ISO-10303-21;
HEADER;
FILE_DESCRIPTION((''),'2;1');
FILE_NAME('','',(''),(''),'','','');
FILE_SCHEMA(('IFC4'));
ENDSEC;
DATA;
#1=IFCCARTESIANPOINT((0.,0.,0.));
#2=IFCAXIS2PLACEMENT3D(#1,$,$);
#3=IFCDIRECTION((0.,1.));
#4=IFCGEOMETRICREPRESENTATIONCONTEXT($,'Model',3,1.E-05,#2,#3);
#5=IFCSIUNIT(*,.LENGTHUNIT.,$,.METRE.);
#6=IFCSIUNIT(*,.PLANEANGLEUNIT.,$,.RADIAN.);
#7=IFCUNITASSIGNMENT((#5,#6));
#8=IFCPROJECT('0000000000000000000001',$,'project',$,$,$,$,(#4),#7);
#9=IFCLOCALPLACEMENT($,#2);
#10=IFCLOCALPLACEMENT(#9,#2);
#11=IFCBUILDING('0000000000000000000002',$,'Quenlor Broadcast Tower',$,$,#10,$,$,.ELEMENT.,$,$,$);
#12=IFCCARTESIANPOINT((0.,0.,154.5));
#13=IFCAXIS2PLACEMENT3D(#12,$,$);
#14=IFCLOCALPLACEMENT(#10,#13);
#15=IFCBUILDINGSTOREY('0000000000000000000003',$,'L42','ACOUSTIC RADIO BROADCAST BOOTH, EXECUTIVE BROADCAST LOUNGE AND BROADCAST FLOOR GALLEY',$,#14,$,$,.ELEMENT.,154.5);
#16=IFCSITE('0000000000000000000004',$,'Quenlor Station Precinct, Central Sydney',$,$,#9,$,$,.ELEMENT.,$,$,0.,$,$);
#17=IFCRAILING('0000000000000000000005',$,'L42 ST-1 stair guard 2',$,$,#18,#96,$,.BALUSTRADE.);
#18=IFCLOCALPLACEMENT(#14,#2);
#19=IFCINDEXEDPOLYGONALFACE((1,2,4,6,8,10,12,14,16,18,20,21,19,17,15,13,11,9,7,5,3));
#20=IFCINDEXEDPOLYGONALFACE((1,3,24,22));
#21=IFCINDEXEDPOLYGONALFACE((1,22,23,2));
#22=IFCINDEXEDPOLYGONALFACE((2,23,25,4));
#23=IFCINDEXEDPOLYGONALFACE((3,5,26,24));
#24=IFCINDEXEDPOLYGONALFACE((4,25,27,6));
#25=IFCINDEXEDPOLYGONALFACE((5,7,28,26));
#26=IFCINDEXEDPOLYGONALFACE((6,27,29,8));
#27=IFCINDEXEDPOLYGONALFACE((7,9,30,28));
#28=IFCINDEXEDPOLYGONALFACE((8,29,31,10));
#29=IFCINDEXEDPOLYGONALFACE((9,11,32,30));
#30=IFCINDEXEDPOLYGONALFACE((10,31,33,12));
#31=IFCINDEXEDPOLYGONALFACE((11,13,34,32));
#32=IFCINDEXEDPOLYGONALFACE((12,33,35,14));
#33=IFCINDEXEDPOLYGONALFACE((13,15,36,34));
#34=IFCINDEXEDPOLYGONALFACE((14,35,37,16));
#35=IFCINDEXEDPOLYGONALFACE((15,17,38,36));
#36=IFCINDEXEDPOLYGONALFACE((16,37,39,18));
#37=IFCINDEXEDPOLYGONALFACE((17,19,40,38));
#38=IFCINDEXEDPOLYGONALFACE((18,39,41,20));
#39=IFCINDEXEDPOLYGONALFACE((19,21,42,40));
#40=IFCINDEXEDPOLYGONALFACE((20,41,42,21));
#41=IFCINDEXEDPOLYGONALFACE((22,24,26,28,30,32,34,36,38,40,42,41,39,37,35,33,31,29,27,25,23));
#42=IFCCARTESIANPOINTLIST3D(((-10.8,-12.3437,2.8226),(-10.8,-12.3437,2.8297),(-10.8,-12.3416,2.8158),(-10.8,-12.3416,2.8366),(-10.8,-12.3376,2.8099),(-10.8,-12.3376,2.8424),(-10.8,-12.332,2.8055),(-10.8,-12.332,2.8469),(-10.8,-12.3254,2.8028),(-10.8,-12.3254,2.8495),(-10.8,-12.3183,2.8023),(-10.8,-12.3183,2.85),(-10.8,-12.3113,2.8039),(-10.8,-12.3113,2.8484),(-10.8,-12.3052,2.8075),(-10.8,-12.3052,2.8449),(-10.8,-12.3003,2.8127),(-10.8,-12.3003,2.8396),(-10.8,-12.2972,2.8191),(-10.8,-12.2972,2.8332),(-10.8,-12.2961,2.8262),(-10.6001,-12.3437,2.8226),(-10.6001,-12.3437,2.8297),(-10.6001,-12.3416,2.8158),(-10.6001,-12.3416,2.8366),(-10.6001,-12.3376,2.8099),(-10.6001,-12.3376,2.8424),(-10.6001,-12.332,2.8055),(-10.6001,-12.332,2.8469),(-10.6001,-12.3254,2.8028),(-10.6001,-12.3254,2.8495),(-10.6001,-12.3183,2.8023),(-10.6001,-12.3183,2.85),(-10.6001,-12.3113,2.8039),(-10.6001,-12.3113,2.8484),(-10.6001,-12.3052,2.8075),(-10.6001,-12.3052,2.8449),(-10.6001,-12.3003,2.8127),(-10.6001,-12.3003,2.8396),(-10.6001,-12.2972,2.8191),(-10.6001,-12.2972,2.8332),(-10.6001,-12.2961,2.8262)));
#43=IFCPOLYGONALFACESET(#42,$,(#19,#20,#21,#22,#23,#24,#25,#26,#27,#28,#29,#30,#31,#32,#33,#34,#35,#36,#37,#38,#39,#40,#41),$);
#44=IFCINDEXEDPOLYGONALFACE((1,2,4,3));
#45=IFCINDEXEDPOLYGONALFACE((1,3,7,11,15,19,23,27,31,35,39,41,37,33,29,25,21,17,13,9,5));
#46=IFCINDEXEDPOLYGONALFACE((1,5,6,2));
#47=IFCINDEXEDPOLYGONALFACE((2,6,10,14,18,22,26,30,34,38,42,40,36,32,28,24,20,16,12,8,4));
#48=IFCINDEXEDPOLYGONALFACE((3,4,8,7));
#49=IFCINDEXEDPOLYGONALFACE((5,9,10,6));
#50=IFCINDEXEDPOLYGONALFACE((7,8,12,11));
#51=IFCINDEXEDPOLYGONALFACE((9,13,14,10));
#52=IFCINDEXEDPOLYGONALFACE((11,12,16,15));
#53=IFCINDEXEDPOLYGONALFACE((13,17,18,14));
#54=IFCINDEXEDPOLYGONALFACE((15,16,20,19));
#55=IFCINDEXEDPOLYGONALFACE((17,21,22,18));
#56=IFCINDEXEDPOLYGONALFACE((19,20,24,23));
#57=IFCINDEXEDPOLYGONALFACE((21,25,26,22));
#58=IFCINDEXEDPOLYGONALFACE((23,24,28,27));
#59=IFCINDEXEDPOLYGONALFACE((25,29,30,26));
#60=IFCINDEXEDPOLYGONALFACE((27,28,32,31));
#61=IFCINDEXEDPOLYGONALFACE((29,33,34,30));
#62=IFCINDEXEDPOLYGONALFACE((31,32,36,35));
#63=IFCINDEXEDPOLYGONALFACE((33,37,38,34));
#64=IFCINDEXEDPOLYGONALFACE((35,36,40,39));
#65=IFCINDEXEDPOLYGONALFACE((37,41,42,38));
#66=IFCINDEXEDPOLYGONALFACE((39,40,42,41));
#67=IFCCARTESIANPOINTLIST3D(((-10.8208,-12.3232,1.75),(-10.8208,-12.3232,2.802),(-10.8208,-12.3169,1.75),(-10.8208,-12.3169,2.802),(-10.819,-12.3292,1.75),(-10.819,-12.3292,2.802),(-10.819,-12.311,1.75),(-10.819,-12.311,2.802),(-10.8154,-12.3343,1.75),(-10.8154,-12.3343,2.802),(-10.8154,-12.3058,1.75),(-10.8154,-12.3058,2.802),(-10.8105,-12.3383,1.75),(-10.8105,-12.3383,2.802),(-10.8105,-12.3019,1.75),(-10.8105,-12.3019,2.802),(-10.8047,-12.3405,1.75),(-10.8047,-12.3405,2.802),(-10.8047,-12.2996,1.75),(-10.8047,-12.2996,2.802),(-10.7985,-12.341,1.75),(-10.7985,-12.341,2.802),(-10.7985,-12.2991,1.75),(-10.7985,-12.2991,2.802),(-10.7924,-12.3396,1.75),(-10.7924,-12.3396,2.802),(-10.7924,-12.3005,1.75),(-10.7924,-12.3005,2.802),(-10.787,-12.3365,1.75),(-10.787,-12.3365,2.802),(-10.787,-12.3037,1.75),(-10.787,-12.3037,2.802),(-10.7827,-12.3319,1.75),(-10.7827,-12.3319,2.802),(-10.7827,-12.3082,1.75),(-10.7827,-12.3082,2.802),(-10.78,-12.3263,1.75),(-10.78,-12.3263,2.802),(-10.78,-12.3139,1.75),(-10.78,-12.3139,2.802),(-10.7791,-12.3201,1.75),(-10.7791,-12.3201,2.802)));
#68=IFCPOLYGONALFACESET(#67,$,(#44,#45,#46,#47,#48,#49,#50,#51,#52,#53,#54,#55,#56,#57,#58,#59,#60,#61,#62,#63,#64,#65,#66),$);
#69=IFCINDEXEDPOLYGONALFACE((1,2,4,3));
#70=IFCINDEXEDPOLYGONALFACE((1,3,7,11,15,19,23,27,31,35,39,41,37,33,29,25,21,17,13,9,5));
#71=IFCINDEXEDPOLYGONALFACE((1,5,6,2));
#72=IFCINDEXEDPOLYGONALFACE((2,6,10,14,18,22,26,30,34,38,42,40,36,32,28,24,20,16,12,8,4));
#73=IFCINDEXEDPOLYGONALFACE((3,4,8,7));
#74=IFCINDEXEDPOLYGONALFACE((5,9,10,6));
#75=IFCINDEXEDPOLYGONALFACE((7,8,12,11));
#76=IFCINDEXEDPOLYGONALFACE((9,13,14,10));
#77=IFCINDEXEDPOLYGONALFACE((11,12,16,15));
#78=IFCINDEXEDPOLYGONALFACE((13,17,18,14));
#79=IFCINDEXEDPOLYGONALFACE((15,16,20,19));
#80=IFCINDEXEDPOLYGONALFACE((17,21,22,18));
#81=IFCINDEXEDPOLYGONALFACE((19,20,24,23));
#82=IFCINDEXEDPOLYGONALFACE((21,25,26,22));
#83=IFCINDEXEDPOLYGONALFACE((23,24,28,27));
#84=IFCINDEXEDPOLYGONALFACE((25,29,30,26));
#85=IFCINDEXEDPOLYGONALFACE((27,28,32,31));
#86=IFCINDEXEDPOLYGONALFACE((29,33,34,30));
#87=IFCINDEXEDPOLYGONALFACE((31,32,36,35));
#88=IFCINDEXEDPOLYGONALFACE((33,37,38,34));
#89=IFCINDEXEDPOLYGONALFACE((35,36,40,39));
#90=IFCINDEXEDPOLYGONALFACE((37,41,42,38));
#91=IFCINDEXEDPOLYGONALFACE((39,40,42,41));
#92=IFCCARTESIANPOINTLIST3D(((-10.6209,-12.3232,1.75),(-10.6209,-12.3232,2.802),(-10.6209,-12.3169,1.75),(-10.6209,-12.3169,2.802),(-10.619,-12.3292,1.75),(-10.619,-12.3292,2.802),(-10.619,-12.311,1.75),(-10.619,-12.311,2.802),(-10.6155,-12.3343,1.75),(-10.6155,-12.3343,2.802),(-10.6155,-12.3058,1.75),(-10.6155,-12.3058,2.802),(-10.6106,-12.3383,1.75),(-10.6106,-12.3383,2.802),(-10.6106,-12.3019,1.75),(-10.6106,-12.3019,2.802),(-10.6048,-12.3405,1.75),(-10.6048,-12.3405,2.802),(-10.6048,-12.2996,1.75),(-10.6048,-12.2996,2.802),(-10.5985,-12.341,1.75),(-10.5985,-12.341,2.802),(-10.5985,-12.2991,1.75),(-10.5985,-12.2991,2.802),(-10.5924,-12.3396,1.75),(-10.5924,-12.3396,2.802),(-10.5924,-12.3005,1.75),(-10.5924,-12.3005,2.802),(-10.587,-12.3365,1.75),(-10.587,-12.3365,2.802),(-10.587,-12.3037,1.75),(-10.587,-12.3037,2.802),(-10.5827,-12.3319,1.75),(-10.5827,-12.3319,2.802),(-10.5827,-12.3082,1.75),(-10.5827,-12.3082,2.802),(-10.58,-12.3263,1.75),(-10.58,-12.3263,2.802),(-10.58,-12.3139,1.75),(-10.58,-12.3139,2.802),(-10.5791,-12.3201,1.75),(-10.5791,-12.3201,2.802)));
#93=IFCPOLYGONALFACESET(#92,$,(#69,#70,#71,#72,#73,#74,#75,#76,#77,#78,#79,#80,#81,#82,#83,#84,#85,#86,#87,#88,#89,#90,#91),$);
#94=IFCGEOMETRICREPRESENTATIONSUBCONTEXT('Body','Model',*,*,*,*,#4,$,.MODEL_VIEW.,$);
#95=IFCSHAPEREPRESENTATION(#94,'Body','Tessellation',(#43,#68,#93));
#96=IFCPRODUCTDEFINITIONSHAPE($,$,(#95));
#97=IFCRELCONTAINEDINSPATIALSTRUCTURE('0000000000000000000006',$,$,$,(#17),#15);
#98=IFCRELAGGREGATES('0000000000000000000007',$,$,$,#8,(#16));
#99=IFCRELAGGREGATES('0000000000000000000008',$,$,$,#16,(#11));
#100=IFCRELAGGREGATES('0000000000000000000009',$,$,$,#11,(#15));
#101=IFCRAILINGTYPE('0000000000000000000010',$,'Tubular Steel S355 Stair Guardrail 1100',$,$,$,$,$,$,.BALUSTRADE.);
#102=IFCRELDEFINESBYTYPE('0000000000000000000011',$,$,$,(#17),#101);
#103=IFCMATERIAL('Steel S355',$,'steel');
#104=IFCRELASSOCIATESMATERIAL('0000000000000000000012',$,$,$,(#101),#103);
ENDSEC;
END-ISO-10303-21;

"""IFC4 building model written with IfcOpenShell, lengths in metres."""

from ifc_helpers import new_model, si_unit, direction, frame, origin, origin_2d, place, context, subcontext, project, spatial, circle, extrude, material, type_object, element, save


model = new_model("IFC4")

# Units and contexts
model_context = context("Model", 3, precision=1e-05, world=origin(), true_north=direction((0.0, 1.0)))
body_context = subcontext(model_context, "Body", "Model", "MODEL_VIEW")
ifc_project = project(units=[si_unit("LENGTHUNIT", "METRE"), si_unit("PLANEANGLEUNIT", "RADIAN")], contexts=[model_context])

# Site, building, storey
site_placement = place(None, origin())
site = spatial("IfcSite", under=ifc_project, at=site_placement, Name="Quenlor Station Precinct, Central Sydney", CompositionType="ELEMENT", RefElevation=0.0)
building_placement = place(site_placement, origin())
building = spatial("IfcBuilding", under=site, at=building_placement, Name="Quenlor Broadcast Tower", CompositionType="ELEMENT")
storey_placement = place(building_placement, frame((0.0, 0.0, 154.5)))
storey = spatial("IfcBuildingStorey", under=building, at=storey_placement, Name="L42", Description="ACOUSTIC RADIO BROADCAST BOOTH, EXECUTIVE BROADCAST LOUNGE AND BROADCAST FLOOR GALLEY", CompositionType="ELEMENT", Elevation=154.5)

# Railing
ifc_material_1 = material(Name="Steel S355", Category="steel")
railing_type_1 = type_object("IfcRailingType", Name="Tubular Steel S355 Stair Guardrail 1100", PredefinedType="BALUSTRADE", material=ifc_material_1)
railing_1_placement = place(storey_placement, frame((-10.8, -12.3201, 1.75)))
element("IfcRailing", 1, at=railing_1_placement, inside=storey, type_object=railing_type_1, Name="L42 ST-1 stair guard 2", PredefinedType="BALUSTRADE", context=body_context, shape_type="SweptSolid", body=[
    extrude(circle(Radius=0.0239, at=origin_2d()), frame((0.0, 0.0, 1.0762), z_axis=(1.0, 0.0, 0.0), x_axis=(0.0, 1.0, 0.0)), (0.0, 0.0, 1.0), 0.2),
    extrude(circle(Radius=0.021, at=origin_2d()), origin(), (0.0, 0.0, 1.0), 1.052),
    extrude(circle(Radius=0.021, at=origin_2d()), frame((0.2, 0.0, 0.0)), (0.0, 0.0, 1.0), 1.052),
])

save(model, "model.ifc")
